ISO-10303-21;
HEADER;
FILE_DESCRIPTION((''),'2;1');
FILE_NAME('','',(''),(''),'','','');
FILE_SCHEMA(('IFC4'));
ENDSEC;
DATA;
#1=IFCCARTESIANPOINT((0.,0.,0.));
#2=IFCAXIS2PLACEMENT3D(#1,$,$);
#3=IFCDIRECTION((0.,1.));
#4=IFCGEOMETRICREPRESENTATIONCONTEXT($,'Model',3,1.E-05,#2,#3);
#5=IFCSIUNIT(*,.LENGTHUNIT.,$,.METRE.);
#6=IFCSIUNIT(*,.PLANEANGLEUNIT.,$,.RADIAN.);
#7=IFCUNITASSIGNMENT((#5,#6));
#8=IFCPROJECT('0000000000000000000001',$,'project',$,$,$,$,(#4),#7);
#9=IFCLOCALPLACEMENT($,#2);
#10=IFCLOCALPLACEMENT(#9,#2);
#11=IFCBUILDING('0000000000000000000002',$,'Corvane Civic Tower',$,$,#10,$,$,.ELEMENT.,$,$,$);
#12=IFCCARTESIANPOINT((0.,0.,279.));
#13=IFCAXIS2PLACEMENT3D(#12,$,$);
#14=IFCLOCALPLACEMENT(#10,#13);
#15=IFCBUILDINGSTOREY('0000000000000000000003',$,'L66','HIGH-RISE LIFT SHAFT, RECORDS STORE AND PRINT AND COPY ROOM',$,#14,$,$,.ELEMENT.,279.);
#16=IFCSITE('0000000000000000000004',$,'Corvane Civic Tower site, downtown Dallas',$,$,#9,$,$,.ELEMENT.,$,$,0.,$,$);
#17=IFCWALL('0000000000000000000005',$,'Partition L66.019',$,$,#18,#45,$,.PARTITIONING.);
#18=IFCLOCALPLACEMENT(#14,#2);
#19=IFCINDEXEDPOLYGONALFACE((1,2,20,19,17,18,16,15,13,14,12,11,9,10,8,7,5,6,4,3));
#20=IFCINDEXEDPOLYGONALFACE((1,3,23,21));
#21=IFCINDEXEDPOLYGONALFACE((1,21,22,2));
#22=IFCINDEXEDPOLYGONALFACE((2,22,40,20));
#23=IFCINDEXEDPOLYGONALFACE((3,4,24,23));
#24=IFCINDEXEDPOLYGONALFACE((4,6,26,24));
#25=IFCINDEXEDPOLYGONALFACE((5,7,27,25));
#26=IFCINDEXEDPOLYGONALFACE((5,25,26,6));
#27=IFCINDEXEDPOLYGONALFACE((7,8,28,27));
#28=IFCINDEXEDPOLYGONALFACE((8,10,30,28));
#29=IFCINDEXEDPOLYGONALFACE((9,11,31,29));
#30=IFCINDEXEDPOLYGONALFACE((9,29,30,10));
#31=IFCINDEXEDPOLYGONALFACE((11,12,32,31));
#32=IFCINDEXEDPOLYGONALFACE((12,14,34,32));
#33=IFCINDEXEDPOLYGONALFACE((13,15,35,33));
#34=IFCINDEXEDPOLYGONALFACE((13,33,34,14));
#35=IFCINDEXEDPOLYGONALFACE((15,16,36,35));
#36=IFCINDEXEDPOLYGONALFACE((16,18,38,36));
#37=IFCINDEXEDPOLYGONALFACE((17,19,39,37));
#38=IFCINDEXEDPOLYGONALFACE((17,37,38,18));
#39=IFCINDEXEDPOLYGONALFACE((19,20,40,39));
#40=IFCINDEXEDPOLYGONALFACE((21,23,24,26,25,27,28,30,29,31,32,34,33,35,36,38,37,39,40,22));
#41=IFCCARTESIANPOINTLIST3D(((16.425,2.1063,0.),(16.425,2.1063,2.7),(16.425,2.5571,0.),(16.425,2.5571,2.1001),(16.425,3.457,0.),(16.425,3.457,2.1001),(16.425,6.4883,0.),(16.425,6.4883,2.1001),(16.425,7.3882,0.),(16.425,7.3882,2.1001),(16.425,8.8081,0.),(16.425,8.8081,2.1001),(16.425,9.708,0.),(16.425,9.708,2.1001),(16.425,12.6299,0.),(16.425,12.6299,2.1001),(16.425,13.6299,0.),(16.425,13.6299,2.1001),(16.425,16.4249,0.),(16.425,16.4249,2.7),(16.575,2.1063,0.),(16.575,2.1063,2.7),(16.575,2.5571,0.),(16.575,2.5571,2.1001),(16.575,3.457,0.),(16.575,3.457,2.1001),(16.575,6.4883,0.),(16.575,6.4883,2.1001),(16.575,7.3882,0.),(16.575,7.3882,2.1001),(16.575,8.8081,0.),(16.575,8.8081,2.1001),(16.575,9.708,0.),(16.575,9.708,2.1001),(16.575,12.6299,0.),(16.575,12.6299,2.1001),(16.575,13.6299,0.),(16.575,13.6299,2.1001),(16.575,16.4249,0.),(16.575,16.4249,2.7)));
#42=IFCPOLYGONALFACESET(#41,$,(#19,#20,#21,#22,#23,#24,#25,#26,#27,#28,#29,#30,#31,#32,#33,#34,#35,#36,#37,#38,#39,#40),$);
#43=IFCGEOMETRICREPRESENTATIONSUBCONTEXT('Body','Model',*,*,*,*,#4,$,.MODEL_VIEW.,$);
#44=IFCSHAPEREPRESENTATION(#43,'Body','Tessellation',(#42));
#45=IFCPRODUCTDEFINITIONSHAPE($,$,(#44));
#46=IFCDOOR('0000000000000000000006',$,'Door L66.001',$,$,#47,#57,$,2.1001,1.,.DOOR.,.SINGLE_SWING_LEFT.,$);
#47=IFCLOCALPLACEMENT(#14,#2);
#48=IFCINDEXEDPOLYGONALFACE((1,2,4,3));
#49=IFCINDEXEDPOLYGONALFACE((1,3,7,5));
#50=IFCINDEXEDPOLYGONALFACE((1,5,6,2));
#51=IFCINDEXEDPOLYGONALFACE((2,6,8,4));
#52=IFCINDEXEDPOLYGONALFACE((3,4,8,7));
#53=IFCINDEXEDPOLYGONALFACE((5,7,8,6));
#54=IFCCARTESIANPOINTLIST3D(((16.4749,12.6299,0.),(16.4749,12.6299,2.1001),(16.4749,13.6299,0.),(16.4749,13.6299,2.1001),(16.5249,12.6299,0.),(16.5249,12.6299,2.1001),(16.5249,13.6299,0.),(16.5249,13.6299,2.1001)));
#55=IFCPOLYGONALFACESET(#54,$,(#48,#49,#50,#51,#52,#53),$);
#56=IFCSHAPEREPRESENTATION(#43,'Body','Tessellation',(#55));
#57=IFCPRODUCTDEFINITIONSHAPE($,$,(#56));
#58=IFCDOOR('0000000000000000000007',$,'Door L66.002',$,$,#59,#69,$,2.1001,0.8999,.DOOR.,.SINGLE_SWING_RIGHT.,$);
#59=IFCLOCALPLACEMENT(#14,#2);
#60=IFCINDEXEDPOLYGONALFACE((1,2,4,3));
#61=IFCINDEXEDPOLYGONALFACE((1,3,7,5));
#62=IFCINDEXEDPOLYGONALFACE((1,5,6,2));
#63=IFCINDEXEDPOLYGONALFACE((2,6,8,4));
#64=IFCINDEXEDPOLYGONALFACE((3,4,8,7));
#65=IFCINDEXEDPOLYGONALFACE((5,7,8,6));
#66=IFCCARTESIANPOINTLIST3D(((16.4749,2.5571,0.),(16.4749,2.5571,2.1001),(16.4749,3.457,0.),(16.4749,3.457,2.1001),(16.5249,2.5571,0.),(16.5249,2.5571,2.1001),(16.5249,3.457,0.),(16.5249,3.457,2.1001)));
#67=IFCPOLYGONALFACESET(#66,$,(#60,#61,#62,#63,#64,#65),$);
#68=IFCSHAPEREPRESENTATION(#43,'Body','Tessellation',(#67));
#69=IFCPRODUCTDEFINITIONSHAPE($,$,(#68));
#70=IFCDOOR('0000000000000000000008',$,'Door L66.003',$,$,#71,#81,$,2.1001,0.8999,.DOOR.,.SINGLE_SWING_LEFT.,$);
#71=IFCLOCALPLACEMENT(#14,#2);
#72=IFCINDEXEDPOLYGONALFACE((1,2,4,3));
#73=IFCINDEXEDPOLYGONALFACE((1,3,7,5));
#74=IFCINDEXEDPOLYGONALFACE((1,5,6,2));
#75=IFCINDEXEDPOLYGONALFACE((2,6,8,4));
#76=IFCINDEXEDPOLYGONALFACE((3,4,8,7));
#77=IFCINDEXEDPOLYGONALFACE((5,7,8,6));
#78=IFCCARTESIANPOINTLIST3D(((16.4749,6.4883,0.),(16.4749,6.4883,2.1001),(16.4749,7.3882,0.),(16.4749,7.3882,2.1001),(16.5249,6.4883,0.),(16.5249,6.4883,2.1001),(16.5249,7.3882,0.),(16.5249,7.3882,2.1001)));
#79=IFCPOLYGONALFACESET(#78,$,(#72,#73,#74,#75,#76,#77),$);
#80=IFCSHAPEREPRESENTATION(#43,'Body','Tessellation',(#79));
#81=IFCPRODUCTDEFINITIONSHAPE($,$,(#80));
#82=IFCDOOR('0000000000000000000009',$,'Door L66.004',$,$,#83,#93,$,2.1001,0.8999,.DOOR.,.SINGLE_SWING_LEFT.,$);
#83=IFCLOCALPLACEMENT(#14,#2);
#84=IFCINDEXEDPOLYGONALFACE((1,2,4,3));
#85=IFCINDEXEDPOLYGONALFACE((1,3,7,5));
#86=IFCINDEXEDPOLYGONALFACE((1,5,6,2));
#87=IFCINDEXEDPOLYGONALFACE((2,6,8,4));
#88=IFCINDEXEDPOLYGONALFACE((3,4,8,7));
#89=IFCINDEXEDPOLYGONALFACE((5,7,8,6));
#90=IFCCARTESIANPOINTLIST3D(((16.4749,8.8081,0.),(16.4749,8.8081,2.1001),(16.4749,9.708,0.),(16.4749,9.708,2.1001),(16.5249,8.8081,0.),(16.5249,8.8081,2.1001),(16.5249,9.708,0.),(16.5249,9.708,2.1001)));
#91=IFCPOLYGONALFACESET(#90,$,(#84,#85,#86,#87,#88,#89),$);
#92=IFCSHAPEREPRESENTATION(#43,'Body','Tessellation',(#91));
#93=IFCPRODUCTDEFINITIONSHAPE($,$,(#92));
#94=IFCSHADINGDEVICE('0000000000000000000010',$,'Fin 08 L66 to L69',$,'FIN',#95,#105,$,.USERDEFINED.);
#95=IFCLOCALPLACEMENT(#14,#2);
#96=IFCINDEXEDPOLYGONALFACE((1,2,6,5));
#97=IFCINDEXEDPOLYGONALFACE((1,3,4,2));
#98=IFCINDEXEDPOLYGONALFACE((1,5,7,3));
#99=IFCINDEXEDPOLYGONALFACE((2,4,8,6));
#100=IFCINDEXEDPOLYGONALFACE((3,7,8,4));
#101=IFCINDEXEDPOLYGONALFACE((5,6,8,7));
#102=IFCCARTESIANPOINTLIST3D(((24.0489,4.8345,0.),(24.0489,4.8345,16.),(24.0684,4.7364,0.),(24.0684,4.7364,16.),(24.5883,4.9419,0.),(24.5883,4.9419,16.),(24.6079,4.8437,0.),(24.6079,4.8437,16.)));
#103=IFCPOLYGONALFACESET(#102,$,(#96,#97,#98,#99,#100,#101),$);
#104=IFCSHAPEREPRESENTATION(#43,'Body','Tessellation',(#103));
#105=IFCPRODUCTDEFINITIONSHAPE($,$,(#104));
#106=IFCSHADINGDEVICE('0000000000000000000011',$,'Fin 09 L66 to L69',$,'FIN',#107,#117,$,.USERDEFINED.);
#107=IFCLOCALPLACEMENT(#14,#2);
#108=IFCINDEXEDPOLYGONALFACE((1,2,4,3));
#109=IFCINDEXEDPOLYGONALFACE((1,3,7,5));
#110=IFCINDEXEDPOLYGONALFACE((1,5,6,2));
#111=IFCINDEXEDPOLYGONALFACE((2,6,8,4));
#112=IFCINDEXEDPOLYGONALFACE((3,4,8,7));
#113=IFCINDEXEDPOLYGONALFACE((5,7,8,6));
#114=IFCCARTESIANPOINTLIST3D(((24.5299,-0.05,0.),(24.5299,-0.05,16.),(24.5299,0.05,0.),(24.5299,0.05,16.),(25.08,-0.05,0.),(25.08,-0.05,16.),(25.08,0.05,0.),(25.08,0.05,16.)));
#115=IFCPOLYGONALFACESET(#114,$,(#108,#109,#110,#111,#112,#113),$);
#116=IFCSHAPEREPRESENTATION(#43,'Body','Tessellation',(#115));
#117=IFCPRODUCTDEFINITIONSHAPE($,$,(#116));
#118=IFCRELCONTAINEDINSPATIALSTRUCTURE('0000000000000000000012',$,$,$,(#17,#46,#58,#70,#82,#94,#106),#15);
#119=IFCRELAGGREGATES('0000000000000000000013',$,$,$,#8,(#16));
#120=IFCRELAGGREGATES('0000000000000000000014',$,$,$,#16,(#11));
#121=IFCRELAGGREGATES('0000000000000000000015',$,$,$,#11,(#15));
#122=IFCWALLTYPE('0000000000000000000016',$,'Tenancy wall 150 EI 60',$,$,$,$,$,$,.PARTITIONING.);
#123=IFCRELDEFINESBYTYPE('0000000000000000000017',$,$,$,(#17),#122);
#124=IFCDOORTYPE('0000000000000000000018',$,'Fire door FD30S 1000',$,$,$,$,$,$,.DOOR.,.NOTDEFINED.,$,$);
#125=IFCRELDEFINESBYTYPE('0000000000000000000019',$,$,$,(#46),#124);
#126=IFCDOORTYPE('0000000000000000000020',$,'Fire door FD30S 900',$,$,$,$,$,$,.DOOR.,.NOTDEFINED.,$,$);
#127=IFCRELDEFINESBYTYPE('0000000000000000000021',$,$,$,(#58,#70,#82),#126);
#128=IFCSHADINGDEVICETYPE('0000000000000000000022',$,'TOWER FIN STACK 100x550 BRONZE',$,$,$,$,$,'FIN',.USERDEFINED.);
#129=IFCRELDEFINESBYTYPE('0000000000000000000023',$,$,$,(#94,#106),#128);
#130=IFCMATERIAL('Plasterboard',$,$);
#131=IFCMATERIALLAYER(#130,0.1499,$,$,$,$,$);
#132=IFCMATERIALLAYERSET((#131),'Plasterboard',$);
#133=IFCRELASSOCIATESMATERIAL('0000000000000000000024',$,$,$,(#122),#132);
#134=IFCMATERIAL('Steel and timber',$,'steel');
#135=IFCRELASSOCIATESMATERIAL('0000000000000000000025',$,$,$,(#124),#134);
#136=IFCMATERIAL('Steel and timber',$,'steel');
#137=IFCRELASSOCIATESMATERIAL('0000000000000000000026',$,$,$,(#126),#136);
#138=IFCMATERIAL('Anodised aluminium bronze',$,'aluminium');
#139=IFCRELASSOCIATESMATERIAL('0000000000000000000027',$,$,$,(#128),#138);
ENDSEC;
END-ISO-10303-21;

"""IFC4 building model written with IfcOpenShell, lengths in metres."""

from ifc_helpers import new_model, si_unit, direction, frame, frame_2d, origin, origin_2d, place, context, subcontext, project, spatial, rectangle, extrude, material, layer, layer_set, material_profile, profile_set, type_object, element, fill, save


model = new_model("IFC4")

# Units and contexts
model_context = context("Model", 3, precision=1e-05, world=origin(), true_north=direction((0.0, 1.0)))
body_context = subcontext(model_context, "Body", "Model", "MODEL_VIEW")
ifc_project = project(units=[si_unit("LENGTHUNIT", "METRE"), si_unit("PLANEANGLEUNIT", "RADIAN")], contexts=[model_context])

# Site, building, storey
site_placement = place(None, origin())
site = spatial("IfcSite", under=ifc_project, at=site_placement, Name="Corvane Civic Tower site, downtown Dallas", CompositionType="ELEMENT", RefElevation=0.0)
building_placement = place(site_placement, origin())
building = spatial("IfcBuilding", under=site, at=building_placement, Name="Corvane Civic Tower", CompositionType="ELEMENT")
storey_placement = place(building_placement, frame((0.0, 0.0, 279.0)))
storey = spatial("IfcBuildingStorey", under=building, at=storey_placement, Name="L66", Description="HIGH-RISE LIFT SHAFT, RECORDS STORE AND PRINT AND COPY ROOM", CompositionType="ELEMENT", Elevation=279.0)

# Wall, openings, doors
ifc_material_1 = material(Name="Plasterboard")
ifc_layer_1 = layer(ifc_material_1, 0.1499)
ifc_layer_set_1 = layer_set([ifc_layer_1], Name="Plasterboard")
wall_type_1 = type_object("IfcWallType", Name="Tenancy wall 150 EI 60", PredefinedType="PARTITIONING", material=ifc_layer_set_1)
wall_1_placement = place(storey_placement, frame((16.5, 2.1064, 0.0), z_axis=(0.0, 0.0, 1.0), x_axis=(0.0, 1.0, 0.0)))
wall_1 = element("IfcWall", 1, at=wall_1_placement, inside=storey, type_object=wall_type_1, Name="Partition L66.019", PredefinedType="PARTITIONING", context=body_context, shape_type="SweptSolid", body=[
    extrude(rectangle(XDim=14.3186, YDim=0.1499, at=frame_2d((7.1592, 0.0))), origin(), (0.0, 0.0, 1.0), 2.7),
])
opening_1_placement = place(wall_1_placement, frame((10.5234, 0.0, 0.0)))
opening_1 = element("IfcOpeningElement", 2, at=opening_1_placement, cuts=wall_1, PredefinedType="OPENING", context=body_context, shape_type="SweptSolid", body=[
    extrude(rectangle(XDim=1.0, YDim=2.1001, at=frame_2d((0.5, 1.05))), frame((0.0, 0.085, 0.0), z_axis=(0.0, -1.0, 0.0), x_axis=(1.0, 0.0, 0.0)), (0.0, 0.0, 1.0), 0.1699),
])
opening_2_placement = place(wall_1_placement, frame((0.4507, 0.0, 0.0)))
opening_2 = element("IfcOpeningElement", 3, at=opening_2_placement, cuts=wall_1, PredefinedType="OPENING", context=body_context, shape_type="SweptSolid", body=[
    extrude(rectangle(XDim=0.8999, YDim=2.1001, at=frame_2d((0.45, 1.05))), frame((0.0, 0.085, 0.0), z_axis=(0.0, -1.0, 0.0), x_axis=(1.0, 0.0, 0.0)), (0.0, 0.0, 1.0), 0.1699),
])
opening_3_placement = place(wall_1_placement, frame((4.3818, 0.0, 0.0)))
opening_3 = element("IfcOpeningElement", 4, at=opening_3_placement, cuts=wall_1, PredefinedType="OPENING", context=body_context, shape_type="SweptSolid", body=[
    extrude(rectangle(XDim=0.8999, YDim=2.1001, at=frame_2d((0.45, 1.05))), frame((0.0, 0.085, 0.0), z_axis=(0.0, -1.0, 0.0), x_axis=(1.0, 0.0, 0.0)), (0.0, 0.0, 1.0), 0.1699),
])
opening_4_placement = place(wall_1_placement, frame((6.7017, 0.0, 0.0)))
opening_4 = element("IfcOpeningElement", 5, at=opening_4_placement, cuts=wall_1, PredefinedType="OPENING", context=body_context, shape_type="SweptSolid", body=[
    extrude(rectangle(XDim=0.8999, YDim=2.1001, at=frame_2d((0.45, 1.05))), frame((0.0, 0.085, 0.0), z_axis=(0.0, -1.0, 0.0), x_axis=(1.0, 0.0, 0.0)), (0.0, 0.0, 1.0), 0.1699),
])
ifc_material_2 = material(Name="Steel and timber", Category="steel")
door_type_1 = type_object("IfcDoorType", Name="Fire door FD30S 1000", OperationType="NOTDEFINED", PredefinedType="DOOR", material=ifc_material_2)
door_1_placement = place(opening_1_placement, frame((1.0, 0.0, 0.0), z_axis=(0.0, 0.0, 1.0), x_axis=(-1.0, 0.0, 0.0)))
door_1 = element("IfcDoor", 6, at=door_1_placement, inside=storey, type_object=door_type_1, Name="Door L66.001", OperationType="SINGLE_SWING_LEFT", OverallHeight=2.1001, OverallWidth=1.0, PredefinedType="DOOR", context=body_context, shape_type="SweptSolid", body=[
    extrude(rectangle(XDim=1.0, YDim=2.1001, at=frame_2d((0.5, 1.05))), frame((0.0, 0.0249, 0.0), z_axis=(0.0, -1.0, 0.0), x_axis=(1.0, 0.0, 0.0)), (0.0, 0.0, 1.0), 0.05),
])
fill(opening_1, door_1)
ifc_material_3 = material(Name="Steel and timber", Category="steel")
door_type_2 = type_object("IfcDoorType", Name="Fire door FD30S 900", OperationType="NOTDEFINED", PredefinedType="DOOR", material=ifc_material_3)
door_2_placement = place(opening_2_placement, frame((0.8999, 0.0, 0.0), z_axis=(0.0, 0.0, 1.0), x_axis=(-1.0, 0.0, 0.0)))
door_2 = element("IfcDoor", 7, at=door_2_placement, inside=storey, type_object=door_type_2, Name="Door L66.002", OperationType="SINGLE_SWING_RIGHT", OverallHeight=2.1001, OverallWidth=0.8999, PredefinedType="DOOR", context=body_context, shape_type="SweptSolid", body=[
    extrude(rectangle(XDim=0.8999, YDim=2.1001, at=frame_2d((0.45, 1.05))), frame((0.0, 0.0249, 0.0), z_axis=(0.0, -1.0, 0.0), x_axis=(1.0, 0.0, 0.0)), (0.0, 0.0, 1.0), 0.05),
])
fill(opening_2, door_2)
door_3_placement = place(opening_3_placement, frame((0.8999, 0.0, 0.0), z_axis=(0.0, 0.0, 1.0), x_axis=(-1.0, 0.0, 0.0)))
door_3 = element("IfcDoor", 8, at=door_3_placement, inside=storey, type_object=door_type_2, Name="Door L66.003", OperationType="SINGLE_SWING_LEFT", OverallHeight=2.1001, OverallWidth=0.8999, PredefinedType="DOOR", context=body_context, shape_type="SweptSolid", body=[
    extrude(rectangle(XDim=0.8999, YDim=2.1001, at=frame_2d((0.45, 1.05))), frame((0.0, 0.0249, 0.0), z_axis=(0.0, -1.0, 0.0), x_axis=(1.0, 0.0, 0.0)), (0.0, 0.0, 1.0), 0.05),
])
fill(opening_3, door_3)
door_4_placement = place(opening_4_placement, frame((0.8999, 0.0, 0.0), z_axis=(0.0, 0.0, 1.0), x_axis=(-1.0, 0.0, 0.0)))
door_4 = element("IfcDoor", 9, at=door_4_placement, inside=storey, type_object=door_type_2, Name="Door L66.004", OperationType="SINGLE_SWING_LEFT", OverallHeight=2.1001, OverallWidth=0.8999, PredefinedType="DOOR", context=body_context, shape_type="SweptSolid", body=[
    extrude(rectangle(XDim=0.8999, YDim=2.1001, at=frame_2d((0.45, 1.05))), frame((0.0, 0.0249, 0.0), z_axis=(0.0, -1.0, 0.0), x_axis=(1.0, 0.0, 0.0)), (0.0, 0.0, 1.0), 0.05),
])
fill(opening_4, door_4)

# Shading devices
ifc_material_4 = material(Name="Anodised aluminium bronze", Category="aluminium")
ifc_material_profile_1 = material_profile(ifc_material_4, rectangle(XDim=0.1001, YDim=0.55, at=origin_2d()), Name="TOWER FIN STACK 100x550 BRONZE")
ifc_profile_set_1 = profile_set([ifc_material_profile_1], Name="Anodised aluminium bronze")
shading_device_type = type_object("IfcShadingDeviceType", Name="TOWER FIN STACK 100x550 BRONZE", ElementType="FIN", PredefinedType="USERDEFINED", material=ifc_profile_set_1)
for number, where, z_axis, x_axis, name in (
    (10, (24.3284, 4.8391, 0.0), (0.0, 0.0, 1.0), (0.19509, -0.980785, 0.0), "Fin 08 L66 to L69"),
    (11, (24.8049, 0.0, 0.0), (0.0, 0.0, 1.0), (0.0, -1.0, 0.0), "Fin 09 L66 to L69"),
):
    element("IfcShadingDevice", number, at=place(storey_placement, frame(where, z_axis=z_axis, x_axis=x_axis)), inside=storey, type_object=shading_device_type, Name=name, ObjectType="FIN", PredefinedType="USERDEFINED", context=body_context, shape_type="SweptSolid", body=[
        extrude(rectangle(XDim=0.1001, YDim=0.55, at=origin_2d()), origin(), (0.0, 0.0, 1.0), 16.0),
    ])

save(model, "model.ifc")
